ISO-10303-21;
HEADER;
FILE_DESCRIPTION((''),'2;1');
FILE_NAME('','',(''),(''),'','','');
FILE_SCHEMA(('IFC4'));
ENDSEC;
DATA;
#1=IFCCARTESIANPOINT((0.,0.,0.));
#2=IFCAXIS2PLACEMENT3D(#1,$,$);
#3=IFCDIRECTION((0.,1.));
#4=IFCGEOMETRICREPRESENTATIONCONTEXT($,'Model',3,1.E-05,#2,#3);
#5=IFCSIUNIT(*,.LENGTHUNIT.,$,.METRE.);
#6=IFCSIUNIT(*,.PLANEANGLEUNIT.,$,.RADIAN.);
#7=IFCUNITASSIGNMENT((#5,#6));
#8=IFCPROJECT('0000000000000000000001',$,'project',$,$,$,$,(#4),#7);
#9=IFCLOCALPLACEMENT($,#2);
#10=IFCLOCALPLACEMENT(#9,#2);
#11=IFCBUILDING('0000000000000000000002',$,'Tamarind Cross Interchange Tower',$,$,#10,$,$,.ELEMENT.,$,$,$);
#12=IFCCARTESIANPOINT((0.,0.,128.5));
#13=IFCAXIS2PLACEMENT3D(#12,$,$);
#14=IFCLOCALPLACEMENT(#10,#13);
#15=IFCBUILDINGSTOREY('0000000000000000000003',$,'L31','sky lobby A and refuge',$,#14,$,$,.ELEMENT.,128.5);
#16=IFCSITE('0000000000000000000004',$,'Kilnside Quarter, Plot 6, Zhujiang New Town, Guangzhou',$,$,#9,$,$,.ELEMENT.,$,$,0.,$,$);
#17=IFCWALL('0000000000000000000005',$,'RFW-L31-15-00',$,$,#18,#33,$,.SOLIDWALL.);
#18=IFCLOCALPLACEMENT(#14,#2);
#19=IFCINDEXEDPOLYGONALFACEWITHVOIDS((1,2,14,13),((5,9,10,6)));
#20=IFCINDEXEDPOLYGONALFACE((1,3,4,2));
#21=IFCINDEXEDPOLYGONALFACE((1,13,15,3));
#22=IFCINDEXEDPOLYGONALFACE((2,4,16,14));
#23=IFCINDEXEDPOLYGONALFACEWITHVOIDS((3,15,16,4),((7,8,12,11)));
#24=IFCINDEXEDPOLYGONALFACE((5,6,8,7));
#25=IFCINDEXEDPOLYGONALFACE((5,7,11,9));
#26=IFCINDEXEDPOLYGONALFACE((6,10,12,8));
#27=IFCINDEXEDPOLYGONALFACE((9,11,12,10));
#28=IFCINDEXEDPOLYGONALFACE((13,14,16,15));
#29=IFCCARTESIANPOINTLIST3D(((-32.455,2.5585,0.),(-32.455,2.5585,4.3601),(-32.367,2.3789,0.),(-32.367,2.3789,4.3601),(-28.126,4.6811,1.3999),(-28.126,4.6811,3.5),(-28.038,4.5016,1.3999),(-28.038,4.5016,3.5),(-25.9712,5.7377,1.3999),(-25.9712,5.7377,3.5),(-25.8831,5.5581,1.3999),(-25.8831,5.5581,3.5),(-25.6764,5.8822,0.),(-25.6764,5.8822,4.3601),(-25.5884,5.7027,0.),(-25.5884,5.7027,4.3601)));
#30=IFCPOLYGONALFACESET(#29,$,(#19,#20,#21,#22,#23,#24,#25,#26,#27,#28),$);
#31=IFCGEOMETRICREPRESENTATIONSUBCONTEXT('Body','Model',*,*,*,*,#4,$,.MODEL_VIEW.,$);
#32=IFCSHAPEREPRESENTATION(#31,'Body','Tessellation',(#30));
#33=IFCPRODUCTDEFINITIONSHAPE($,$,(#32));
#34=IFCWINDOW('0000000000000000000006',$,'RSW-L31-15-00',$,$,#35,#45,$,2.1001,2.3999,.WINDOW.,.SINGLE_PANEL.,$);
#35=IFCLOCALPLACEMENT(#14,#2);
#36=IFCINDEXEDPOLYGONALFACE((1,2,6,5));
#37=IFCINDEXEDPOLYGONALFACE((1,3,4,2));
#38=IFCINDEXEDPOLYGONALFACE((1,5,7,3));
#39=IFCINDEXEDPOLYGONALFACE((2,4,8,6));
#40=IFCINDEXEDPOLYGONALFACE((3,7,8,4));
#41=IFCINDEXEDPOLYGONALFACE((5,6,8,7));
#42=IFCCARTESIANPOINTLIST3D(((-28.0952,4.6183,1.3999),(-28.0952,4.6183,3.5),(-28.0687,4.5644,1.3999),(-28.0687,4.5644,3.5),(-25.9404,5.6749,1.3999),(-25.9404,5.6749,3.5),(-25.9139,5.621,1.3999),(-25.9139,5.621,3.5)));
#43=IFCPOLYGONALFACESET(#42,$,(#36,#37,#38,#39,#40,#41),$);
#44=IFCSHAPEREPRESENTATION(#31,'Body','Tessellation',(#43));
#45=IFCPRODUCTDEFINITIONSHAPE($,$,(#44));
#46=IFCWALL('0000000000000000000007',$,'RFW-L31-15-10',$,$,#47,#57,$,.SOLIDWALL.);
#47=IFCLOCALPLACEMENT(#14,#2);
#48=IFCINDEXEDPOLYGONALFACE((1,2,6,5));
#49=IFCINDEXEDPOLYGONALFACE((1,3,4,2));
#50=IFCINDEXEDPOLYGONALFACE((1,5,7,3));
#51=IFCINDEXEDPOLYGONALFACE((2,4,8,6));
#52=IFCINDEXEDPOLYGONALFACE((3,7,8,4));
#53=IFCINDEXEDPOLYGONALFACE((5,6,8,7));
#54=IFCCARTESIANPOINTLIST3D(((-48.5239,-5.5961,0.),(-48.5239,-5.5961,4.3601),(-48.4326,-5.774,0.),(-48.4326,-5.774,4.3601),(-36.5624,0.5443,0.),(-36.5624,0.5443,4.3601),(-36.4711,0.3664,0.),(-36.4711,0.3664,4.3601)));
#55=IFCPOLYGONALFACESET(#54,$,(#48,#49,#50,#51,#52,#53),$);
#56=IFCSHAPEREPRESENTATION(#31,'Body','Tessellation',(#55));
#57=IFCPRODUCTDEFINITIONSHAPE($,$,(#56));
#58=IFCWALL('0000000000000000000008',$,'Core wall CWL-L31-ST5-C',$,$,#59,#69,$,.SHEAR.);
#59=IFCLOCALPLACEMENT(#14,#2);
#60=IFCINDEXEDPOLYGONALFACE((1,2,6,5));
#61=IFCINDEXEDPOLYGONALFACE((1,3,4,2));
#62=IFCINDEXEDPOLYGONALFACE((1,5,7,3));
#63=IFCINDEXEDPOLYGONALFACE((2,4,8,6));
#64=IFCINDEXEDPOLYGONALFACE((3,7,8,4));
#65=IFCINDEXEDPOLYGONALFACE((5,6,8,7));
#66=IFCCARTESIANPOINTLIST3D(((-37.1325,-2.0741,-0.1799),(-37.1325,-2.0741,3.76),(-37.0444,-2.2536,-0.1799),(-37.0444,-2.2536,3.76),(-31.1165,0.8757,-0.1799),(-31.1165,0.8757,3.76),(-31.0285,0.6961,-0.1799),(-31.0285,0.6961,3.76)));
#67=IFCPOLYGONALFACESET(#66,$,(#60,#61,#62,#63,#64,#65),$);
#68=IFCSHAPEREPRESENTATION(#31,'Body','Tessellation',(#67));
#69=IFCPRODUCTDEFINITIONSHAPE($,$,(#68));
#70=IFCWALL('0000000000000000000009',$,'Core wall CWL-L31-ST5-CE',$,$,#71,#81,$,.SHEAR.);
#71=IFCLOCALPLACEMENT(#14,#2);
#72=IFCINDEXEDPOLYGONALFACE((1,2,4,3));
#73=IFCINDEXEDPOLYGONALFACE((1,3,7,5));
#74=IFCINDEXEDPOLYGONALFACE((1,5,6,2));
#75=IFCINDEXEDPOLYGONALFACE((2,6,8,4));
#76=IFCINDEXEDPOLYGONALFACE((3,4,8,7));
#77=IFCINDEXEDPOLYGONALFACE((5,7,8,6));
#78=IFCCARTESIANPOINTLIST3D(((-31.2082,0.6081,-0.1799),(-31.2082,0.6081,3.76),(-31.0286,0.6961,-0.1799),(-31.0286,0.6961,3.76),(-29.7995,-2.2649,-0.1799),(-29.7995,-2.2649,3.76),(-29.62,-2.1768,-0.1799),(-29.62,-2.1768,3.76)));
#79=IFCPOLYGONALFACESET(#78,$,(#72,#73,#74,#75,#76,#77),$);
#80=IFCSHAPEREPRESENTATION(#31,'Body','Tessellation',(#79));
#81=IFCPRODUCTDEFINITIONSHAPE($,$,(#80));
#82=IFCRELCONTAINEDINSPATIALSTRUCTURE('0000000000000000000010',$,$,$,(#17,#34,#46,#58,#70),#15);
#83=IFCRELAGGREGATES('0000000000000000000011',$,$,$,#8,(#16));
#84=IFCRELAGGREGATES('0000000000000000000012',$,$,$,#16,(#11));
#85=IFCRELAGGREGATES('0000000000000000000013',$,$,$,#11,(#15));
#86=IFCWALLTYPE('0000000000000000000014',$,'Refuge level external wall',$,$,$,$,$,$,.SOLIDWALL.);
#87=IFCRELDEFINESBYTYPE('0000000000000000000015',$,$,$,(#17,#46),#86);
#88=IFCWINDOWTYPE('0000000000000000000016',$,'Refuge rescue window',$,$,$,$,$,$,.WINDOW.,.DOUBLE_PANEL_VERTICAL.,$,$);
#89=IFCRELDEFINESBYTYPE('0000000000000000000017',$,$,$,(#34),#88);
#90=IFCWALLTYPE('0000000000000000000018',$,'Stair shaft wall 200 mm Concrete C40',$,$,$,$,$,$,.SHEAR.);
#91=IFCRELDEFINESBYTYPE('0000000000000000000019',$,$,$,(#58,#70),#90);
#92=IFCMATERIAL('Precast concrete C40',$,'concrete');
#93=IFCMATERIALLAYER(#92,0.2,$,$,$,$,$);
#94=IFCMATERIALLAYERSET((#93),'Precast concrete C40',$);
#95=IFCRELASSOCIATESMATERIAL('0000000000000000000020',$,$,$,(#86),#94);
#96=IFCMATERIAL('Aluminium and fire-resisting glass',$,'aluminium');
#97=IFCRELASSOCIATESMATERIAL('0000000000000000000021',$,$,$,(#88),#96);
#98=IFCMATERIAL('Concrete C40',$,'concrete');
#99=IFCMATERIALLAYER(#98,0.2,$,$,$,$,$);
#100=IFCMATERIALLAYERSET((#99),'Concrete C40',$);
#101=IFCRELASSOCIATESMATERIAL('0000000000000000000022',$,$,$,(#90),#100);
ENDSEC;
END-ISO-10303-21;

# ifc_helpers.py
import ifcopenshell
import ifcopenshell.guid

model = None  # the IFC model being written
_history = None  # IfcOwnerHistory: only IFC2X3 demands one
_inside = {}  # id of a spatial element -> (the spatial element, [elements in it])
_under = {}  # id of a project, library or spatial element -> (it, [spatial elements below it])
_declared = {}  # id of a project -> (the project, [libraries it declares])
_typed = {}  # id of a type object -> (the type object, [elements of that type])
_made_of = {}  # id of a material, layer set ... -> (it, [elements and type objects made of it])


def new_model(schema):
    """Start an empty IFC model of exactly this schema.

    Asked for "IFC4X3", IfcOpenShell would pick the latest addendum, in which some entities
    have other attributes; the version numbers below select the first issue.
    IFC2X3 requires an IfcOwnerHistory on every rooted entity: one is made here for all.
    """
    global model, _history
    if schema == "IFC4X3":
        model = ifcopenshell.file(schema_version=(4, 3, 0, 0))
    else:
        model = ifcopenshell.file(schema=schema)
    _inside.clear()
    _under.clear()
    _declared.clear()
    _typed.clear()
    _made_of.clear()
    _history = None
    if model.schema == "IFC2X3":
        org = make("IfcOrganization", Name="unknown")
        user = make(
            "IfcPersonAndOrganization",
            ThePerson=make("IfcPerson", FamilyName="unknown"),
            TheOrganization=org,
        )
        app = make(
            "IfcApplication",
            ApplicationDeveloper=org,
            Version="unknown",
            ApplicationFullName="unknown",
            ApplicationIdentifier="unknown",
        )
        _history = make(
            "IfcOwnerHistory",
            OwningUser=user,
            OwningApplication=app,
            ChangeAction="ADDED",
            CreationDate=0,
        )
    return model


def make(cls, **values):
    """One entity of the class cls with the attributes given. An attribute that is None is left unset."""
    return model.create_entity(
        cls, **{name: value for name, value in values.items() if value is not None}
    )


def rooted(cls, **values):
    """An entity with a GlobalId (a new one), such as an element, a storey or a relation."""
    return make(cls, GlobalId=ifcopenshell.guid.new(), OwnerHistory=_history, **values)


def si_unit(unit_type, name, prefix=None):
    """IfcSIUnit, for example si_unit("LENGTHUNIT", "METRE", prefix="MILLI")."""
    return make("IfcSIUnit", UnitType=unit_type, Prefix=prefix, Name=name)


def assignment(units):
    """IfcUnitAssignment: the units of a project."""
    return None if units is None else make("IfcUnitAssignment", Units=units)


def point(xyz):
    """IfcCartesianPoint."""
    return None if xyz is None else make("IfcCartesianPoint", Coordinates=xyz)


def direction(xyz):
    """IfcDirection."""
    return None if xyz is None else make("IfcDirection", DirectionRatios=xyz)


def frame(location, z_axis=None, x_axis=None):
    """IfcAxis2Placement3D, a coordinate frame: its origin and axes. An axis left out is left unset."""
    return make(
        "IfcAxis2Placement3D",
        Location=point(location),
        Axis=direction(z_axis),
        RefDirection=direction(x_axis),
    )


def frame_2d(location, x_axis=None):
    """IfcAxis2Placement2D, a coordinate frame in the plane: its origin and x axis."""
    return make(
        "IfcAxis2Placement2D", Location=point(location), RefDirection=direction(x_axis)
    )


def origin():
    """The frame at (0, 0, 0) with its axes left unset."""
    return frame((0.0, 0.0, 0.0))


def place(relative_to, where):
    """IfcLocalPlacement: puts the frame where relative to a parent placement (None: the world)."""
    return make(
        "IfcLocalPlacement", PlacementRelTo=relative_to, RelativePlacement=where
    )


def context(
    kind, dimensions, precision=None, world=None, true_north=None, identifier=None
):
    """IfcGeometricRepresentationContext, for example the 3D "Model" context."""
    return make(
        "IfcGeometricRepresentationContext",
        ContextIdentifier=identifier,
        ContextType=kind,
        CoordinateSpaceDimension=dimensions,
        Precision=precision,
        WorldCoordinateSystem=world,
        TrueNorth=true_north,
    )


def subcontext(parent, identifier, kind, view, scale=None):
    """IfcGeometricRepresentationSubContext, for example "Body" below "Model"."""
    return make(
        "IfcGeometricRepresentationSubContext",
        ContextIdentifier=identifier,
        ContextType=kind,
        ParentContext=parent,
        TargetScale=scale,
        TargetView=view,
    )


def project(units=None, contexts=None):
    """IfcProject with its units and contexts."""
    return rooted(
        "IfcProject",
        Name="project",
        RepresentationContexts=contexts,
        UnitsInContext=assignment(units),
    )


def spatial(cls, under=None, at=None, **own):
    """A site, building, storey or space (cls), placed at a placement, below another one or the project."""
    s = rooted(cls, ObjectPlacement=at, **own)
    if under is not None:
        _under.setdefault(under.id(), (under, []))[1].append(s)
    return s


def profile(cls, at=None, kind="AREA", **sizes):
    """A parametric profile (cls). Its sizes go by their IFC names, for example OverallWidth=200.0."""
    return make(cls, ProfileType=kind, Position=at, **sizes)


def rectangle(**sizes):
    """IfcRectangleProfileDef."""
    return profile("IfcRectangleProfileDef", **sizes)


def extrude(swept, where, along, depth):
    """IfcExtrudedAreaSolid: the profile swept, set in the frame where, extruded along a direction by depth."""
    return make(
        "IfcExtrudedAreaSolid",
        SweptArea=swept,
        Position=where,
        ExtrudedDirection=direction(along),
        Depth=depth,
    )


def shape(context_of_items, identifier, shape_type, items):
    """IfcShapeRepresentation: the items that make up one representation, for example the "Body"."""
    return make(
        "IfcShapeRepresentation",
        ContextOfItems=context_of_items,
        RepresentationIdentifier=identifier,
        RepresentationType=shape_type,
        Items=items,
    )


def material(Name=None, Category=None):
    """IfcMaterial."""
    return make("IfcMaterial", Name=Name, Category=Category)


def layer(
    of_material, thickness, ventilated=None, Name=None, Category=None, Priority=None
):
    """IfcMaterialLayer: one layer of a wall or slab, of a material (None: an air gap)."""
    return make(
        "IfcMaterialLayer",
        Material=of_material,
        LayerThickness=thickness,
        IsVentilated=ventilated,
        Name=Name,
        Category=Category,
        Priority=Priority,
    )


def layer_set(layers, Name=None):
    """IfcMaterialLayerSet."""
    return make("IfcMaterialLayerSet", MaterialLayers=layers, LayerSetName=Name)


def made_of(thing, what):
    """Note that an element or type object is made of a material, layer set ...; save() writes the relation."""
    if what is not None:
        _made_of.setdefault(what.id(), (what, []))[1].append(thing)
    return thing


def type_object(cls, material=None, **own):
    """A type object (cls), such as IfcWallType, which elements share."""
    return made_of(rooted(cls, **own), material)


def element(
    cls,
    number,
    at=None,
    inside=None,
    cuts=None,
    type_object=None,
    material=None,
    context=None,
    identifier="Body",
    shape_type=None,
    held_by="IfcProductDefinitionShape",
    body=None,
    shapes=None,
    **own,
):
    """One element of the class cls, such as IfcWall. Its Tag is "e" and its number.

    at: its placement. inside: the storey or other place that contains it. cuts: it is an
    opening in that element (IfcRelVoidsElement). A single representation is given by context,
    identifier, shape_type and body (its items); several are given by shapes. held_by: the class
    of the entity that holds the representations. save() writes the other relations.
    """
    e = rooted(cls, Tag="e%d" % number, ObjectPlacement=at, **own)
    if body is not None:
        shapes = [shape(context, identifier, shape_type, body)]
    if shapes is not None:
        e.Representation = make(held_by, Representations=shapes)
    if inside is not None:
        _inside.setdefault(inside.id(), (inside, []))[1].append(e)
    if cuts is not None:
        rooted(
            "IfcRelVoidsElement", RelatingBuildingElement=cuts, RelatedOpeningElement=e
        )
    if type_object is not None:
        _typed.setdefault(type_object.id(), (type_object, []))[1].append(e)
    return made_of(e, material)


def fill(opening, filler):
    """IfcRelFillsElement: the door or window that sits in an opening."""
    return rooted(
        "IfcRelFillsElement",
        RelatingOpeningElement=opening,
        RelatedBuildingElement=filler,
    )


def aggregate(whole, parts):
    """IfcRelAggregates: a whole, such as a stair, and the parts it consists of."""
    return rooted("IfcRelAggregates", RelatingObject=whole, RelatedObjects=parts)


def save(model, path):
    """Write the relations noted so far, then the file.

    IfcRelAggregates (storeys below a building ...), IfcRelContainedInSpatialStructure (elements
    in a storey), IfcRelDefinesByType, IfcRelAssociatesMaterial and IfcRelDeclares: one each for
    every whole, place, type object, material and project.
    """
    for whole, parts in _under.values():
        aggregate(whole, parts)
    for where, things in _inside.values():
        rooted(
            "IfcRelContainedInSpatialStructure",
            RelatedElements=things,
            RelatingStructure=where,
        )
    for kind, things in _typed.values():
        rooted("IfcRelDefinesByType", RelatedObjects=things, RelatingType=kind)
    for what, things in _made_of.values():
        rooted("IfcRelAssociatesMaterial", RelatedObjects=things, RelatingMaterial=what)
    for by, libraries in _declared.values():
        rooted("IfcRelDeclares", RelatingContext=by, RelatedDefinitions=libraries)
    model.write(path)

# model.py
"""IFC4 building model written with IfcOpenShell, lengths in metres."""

from ifc_helpers import new_model, si_unit, direction, frame, frame_2d, origin, place, context, subcontext, project, spatial, rectangle, extrude, material, layer, layer_set, type_object, element, fill, save


model = new_model("IFC4")

# Units and contexts
model_context = context("Model", 3, precision=1e-05, world=origin(), true_north=direction((0.0, 1.0)))
body_context = subcontext(model_context, "Body", "Model", "MODEL_VIEW")
ifc_project = project(units=[si_unit("LENGTHUNIT", "METRE"), si_unit("PLANEANGLEUNIT", "RADIAN")], contexts=[model_context])

# Site, building, storey
site_placement = place(None, origin())
site = spatial("IfcSite", under=ifc_project, at=site_placement, Name="Kilnside Quarter, Plot 6, Zhujiang New Town, Guangzhou", CompositionType="ELEMENT", RefElevation=0.0)
building_placement = place(site_placement, origin())
building = spatial("IfcBuilding", under=site, at=building_placement, Name="Tamarind Cross Interchange Tower", CompositionType="ELEMENT")
storey_placement = place(building_placement, frame((0.0, 0.0, 128.5)))
storey = spatial("IfcBuildingStorey", under=building, at=storey_placement, Name="L31", Description="sky lobby A and refuge", CompositionType="ELEMENT", Elevation=128.5)

# Shared definitions
ifc_material_1 = material(Name="Precast concrete C40", Category="concrete")
ifc_layer_1 = layer(ifc_material_1, 0.2)
ifc_layer_set_1 = layer_set([ifc_layer_1], Name="Precast concrete C40")
wall_type_1 = type_object("IfcWallType", Name="Refuge level external wall", PredefinedType="SOLIDWALL", material=ifc_layer_set_1)

# Wall, opening, window
wall_1_placement = place(storey_placement, frame((-25.6323, 5.7925, 0.0), z_axis=(0.0, 0.0, 1.0), x_axis=(-0.897873, -0.440254, 0.0)))
wall_1 = element("IfcWall", 1, at=wall_1_placement, inside=storey, type_object=wall_type_1, Name="RFW-L31-15-00", PredefinedType="SOLIDWALL", context=body_context, shape_type="SweptSolid", body=[
    extrude(rectangle(XDim=7.5496, YDim=0.2, at=frame_2d((3.7749, 0.0))), origin(), (0.0, 0.0, 1.0), 4.3601),
])
opening_1_placement = place(wall_1_placement, frame((0.3284, 0.0, 1.3999)))
opening_1 = element("IfcOpeningElement", 2, at=opening_1_placement, cuts=wall_1, PredefinedType="OPENING", context=body_context, shape_type="SweptSolid", body=[
    extrude(rectangle(XDim=2.3999, YDim=2.1001, at=frame_2d((1.2, 1.05))), frame((0.0, 0.1099, 0.0), z_axis=(0.0, -1.0, 0.0), x_axis=(1.0, 0.0, 0.0)), (0.0, 0.0, 1.0), 0.22),
])
ifc_material_2 = material(Name="Aluminium and fire-resisting glass", Category="aluminium")
window_type = type_object("IfcWindowType", Name="Refuge rescue window", PartitioningType="DOUBLE_PANEL_VERTICAL", PredefinedType="WINDOW", material=ifc_material_2)
window_placement = place(opening_1_placement, origin())
window = element("IfcWindow", 3, at=window_placement, inside=storey, type_object=window_type, Name="RSW-L31-15-00", OverallHeight=2.1001, OverallWidth=2.3999, PartitioningType="SINGLE_PANEL", PredefinedType="WINDOW", context=body_context, shape_type="SweptSolid", body=[
    extrude(rectangle(XDim=2.3999, YDim=2.1001, at=frame_2d((1.2, 1.05))), frame((0.0, 0.03, 0.0), z_axis=(0.0, -1.0, 0.0), x_axis=(1.0, 0.0, 0.0)), (0.0, 0.0, 1.0), 0.0601),
])
fill(opening_1, window)

# Walls
wall_2_placement = place(storey_placement, frame((-36.5168, 0.4553, 0.0), z_axis=(0.0, 0.0, 1.0), x_axis=(-0.889627, -0.456689, 0.0)))
element("IfcWall", 4, at=wall_2_placement, inside=storey, type_object=wall_type_1, Name="RFW-L31-15-10", PredefinedType="SOLIDWALL", context=body_context, shape_type="SweptSolid", body=[
    extrude(rectangle(XDim=13.4456, YDim=0.2, at=frame_2d((6.7227, 0.0))), origin(), (0.0, 0.0, 1.0), 4.3601),
])
ifc_material_3 = material(Name="Concrete C40", Category="concrete")
ifc_layer_2 = layer(ifc_material_3, 0.2)
ifc_layer_set_2 = layer_set([ifc_layer_2], Name="Concrete C40")
wall_type_2 = type_object("IfcWallType", Name="Stair shaft wall 200 mm Concrete C40", PredefinedType="SHEAR", material=ifc_layer_set_2)
wall_3_placement = place(storey_placement, frame((-31.0725, 0.7859, -0.1799), z_axis=(0.0, 0.0, 1.0), x_axis=(-0.897876, -0.440248, 0.0)))
element("IfcWall", 5, at=wall_3_placement, inside=storey, type_object=wall_type_2, Name="Core wall CWL-L31-ST5-C", PredefinedType="SHEAR", context=body_context, shape_type="SweptSolid", body=[
    extrude(rectangle(XDim=6.7002, YDim=0.2, at=frame_2d((3.3501, 0.0))), origin(), (0.0, 0.0, 1.0), 3.9399),
])
wall_4_placement = place(storey_placement, frame((-31.1184, 0.6521, -0.1799), z_axis=(0.0, 0.0, 1.0), x_axis=(0.440242, -0.897879, 0.0)))
element("IfcWall", 6, at=wall_4_placement, inside=storey, type_object=wall_type_2, Name="Core wall CWL-L31-ST5-CE", PredefinedType="SHEAR", context=body_context, shape_type="SweptSolid", body=[
    extrude(rectangle(XDim=3.1997, YDim=0.2, at=frame_2d((1.5999, 0.0))), origin(), (0.0, 0.0, 1.0), 3.9399),
])

save(model, "model.ifc")
